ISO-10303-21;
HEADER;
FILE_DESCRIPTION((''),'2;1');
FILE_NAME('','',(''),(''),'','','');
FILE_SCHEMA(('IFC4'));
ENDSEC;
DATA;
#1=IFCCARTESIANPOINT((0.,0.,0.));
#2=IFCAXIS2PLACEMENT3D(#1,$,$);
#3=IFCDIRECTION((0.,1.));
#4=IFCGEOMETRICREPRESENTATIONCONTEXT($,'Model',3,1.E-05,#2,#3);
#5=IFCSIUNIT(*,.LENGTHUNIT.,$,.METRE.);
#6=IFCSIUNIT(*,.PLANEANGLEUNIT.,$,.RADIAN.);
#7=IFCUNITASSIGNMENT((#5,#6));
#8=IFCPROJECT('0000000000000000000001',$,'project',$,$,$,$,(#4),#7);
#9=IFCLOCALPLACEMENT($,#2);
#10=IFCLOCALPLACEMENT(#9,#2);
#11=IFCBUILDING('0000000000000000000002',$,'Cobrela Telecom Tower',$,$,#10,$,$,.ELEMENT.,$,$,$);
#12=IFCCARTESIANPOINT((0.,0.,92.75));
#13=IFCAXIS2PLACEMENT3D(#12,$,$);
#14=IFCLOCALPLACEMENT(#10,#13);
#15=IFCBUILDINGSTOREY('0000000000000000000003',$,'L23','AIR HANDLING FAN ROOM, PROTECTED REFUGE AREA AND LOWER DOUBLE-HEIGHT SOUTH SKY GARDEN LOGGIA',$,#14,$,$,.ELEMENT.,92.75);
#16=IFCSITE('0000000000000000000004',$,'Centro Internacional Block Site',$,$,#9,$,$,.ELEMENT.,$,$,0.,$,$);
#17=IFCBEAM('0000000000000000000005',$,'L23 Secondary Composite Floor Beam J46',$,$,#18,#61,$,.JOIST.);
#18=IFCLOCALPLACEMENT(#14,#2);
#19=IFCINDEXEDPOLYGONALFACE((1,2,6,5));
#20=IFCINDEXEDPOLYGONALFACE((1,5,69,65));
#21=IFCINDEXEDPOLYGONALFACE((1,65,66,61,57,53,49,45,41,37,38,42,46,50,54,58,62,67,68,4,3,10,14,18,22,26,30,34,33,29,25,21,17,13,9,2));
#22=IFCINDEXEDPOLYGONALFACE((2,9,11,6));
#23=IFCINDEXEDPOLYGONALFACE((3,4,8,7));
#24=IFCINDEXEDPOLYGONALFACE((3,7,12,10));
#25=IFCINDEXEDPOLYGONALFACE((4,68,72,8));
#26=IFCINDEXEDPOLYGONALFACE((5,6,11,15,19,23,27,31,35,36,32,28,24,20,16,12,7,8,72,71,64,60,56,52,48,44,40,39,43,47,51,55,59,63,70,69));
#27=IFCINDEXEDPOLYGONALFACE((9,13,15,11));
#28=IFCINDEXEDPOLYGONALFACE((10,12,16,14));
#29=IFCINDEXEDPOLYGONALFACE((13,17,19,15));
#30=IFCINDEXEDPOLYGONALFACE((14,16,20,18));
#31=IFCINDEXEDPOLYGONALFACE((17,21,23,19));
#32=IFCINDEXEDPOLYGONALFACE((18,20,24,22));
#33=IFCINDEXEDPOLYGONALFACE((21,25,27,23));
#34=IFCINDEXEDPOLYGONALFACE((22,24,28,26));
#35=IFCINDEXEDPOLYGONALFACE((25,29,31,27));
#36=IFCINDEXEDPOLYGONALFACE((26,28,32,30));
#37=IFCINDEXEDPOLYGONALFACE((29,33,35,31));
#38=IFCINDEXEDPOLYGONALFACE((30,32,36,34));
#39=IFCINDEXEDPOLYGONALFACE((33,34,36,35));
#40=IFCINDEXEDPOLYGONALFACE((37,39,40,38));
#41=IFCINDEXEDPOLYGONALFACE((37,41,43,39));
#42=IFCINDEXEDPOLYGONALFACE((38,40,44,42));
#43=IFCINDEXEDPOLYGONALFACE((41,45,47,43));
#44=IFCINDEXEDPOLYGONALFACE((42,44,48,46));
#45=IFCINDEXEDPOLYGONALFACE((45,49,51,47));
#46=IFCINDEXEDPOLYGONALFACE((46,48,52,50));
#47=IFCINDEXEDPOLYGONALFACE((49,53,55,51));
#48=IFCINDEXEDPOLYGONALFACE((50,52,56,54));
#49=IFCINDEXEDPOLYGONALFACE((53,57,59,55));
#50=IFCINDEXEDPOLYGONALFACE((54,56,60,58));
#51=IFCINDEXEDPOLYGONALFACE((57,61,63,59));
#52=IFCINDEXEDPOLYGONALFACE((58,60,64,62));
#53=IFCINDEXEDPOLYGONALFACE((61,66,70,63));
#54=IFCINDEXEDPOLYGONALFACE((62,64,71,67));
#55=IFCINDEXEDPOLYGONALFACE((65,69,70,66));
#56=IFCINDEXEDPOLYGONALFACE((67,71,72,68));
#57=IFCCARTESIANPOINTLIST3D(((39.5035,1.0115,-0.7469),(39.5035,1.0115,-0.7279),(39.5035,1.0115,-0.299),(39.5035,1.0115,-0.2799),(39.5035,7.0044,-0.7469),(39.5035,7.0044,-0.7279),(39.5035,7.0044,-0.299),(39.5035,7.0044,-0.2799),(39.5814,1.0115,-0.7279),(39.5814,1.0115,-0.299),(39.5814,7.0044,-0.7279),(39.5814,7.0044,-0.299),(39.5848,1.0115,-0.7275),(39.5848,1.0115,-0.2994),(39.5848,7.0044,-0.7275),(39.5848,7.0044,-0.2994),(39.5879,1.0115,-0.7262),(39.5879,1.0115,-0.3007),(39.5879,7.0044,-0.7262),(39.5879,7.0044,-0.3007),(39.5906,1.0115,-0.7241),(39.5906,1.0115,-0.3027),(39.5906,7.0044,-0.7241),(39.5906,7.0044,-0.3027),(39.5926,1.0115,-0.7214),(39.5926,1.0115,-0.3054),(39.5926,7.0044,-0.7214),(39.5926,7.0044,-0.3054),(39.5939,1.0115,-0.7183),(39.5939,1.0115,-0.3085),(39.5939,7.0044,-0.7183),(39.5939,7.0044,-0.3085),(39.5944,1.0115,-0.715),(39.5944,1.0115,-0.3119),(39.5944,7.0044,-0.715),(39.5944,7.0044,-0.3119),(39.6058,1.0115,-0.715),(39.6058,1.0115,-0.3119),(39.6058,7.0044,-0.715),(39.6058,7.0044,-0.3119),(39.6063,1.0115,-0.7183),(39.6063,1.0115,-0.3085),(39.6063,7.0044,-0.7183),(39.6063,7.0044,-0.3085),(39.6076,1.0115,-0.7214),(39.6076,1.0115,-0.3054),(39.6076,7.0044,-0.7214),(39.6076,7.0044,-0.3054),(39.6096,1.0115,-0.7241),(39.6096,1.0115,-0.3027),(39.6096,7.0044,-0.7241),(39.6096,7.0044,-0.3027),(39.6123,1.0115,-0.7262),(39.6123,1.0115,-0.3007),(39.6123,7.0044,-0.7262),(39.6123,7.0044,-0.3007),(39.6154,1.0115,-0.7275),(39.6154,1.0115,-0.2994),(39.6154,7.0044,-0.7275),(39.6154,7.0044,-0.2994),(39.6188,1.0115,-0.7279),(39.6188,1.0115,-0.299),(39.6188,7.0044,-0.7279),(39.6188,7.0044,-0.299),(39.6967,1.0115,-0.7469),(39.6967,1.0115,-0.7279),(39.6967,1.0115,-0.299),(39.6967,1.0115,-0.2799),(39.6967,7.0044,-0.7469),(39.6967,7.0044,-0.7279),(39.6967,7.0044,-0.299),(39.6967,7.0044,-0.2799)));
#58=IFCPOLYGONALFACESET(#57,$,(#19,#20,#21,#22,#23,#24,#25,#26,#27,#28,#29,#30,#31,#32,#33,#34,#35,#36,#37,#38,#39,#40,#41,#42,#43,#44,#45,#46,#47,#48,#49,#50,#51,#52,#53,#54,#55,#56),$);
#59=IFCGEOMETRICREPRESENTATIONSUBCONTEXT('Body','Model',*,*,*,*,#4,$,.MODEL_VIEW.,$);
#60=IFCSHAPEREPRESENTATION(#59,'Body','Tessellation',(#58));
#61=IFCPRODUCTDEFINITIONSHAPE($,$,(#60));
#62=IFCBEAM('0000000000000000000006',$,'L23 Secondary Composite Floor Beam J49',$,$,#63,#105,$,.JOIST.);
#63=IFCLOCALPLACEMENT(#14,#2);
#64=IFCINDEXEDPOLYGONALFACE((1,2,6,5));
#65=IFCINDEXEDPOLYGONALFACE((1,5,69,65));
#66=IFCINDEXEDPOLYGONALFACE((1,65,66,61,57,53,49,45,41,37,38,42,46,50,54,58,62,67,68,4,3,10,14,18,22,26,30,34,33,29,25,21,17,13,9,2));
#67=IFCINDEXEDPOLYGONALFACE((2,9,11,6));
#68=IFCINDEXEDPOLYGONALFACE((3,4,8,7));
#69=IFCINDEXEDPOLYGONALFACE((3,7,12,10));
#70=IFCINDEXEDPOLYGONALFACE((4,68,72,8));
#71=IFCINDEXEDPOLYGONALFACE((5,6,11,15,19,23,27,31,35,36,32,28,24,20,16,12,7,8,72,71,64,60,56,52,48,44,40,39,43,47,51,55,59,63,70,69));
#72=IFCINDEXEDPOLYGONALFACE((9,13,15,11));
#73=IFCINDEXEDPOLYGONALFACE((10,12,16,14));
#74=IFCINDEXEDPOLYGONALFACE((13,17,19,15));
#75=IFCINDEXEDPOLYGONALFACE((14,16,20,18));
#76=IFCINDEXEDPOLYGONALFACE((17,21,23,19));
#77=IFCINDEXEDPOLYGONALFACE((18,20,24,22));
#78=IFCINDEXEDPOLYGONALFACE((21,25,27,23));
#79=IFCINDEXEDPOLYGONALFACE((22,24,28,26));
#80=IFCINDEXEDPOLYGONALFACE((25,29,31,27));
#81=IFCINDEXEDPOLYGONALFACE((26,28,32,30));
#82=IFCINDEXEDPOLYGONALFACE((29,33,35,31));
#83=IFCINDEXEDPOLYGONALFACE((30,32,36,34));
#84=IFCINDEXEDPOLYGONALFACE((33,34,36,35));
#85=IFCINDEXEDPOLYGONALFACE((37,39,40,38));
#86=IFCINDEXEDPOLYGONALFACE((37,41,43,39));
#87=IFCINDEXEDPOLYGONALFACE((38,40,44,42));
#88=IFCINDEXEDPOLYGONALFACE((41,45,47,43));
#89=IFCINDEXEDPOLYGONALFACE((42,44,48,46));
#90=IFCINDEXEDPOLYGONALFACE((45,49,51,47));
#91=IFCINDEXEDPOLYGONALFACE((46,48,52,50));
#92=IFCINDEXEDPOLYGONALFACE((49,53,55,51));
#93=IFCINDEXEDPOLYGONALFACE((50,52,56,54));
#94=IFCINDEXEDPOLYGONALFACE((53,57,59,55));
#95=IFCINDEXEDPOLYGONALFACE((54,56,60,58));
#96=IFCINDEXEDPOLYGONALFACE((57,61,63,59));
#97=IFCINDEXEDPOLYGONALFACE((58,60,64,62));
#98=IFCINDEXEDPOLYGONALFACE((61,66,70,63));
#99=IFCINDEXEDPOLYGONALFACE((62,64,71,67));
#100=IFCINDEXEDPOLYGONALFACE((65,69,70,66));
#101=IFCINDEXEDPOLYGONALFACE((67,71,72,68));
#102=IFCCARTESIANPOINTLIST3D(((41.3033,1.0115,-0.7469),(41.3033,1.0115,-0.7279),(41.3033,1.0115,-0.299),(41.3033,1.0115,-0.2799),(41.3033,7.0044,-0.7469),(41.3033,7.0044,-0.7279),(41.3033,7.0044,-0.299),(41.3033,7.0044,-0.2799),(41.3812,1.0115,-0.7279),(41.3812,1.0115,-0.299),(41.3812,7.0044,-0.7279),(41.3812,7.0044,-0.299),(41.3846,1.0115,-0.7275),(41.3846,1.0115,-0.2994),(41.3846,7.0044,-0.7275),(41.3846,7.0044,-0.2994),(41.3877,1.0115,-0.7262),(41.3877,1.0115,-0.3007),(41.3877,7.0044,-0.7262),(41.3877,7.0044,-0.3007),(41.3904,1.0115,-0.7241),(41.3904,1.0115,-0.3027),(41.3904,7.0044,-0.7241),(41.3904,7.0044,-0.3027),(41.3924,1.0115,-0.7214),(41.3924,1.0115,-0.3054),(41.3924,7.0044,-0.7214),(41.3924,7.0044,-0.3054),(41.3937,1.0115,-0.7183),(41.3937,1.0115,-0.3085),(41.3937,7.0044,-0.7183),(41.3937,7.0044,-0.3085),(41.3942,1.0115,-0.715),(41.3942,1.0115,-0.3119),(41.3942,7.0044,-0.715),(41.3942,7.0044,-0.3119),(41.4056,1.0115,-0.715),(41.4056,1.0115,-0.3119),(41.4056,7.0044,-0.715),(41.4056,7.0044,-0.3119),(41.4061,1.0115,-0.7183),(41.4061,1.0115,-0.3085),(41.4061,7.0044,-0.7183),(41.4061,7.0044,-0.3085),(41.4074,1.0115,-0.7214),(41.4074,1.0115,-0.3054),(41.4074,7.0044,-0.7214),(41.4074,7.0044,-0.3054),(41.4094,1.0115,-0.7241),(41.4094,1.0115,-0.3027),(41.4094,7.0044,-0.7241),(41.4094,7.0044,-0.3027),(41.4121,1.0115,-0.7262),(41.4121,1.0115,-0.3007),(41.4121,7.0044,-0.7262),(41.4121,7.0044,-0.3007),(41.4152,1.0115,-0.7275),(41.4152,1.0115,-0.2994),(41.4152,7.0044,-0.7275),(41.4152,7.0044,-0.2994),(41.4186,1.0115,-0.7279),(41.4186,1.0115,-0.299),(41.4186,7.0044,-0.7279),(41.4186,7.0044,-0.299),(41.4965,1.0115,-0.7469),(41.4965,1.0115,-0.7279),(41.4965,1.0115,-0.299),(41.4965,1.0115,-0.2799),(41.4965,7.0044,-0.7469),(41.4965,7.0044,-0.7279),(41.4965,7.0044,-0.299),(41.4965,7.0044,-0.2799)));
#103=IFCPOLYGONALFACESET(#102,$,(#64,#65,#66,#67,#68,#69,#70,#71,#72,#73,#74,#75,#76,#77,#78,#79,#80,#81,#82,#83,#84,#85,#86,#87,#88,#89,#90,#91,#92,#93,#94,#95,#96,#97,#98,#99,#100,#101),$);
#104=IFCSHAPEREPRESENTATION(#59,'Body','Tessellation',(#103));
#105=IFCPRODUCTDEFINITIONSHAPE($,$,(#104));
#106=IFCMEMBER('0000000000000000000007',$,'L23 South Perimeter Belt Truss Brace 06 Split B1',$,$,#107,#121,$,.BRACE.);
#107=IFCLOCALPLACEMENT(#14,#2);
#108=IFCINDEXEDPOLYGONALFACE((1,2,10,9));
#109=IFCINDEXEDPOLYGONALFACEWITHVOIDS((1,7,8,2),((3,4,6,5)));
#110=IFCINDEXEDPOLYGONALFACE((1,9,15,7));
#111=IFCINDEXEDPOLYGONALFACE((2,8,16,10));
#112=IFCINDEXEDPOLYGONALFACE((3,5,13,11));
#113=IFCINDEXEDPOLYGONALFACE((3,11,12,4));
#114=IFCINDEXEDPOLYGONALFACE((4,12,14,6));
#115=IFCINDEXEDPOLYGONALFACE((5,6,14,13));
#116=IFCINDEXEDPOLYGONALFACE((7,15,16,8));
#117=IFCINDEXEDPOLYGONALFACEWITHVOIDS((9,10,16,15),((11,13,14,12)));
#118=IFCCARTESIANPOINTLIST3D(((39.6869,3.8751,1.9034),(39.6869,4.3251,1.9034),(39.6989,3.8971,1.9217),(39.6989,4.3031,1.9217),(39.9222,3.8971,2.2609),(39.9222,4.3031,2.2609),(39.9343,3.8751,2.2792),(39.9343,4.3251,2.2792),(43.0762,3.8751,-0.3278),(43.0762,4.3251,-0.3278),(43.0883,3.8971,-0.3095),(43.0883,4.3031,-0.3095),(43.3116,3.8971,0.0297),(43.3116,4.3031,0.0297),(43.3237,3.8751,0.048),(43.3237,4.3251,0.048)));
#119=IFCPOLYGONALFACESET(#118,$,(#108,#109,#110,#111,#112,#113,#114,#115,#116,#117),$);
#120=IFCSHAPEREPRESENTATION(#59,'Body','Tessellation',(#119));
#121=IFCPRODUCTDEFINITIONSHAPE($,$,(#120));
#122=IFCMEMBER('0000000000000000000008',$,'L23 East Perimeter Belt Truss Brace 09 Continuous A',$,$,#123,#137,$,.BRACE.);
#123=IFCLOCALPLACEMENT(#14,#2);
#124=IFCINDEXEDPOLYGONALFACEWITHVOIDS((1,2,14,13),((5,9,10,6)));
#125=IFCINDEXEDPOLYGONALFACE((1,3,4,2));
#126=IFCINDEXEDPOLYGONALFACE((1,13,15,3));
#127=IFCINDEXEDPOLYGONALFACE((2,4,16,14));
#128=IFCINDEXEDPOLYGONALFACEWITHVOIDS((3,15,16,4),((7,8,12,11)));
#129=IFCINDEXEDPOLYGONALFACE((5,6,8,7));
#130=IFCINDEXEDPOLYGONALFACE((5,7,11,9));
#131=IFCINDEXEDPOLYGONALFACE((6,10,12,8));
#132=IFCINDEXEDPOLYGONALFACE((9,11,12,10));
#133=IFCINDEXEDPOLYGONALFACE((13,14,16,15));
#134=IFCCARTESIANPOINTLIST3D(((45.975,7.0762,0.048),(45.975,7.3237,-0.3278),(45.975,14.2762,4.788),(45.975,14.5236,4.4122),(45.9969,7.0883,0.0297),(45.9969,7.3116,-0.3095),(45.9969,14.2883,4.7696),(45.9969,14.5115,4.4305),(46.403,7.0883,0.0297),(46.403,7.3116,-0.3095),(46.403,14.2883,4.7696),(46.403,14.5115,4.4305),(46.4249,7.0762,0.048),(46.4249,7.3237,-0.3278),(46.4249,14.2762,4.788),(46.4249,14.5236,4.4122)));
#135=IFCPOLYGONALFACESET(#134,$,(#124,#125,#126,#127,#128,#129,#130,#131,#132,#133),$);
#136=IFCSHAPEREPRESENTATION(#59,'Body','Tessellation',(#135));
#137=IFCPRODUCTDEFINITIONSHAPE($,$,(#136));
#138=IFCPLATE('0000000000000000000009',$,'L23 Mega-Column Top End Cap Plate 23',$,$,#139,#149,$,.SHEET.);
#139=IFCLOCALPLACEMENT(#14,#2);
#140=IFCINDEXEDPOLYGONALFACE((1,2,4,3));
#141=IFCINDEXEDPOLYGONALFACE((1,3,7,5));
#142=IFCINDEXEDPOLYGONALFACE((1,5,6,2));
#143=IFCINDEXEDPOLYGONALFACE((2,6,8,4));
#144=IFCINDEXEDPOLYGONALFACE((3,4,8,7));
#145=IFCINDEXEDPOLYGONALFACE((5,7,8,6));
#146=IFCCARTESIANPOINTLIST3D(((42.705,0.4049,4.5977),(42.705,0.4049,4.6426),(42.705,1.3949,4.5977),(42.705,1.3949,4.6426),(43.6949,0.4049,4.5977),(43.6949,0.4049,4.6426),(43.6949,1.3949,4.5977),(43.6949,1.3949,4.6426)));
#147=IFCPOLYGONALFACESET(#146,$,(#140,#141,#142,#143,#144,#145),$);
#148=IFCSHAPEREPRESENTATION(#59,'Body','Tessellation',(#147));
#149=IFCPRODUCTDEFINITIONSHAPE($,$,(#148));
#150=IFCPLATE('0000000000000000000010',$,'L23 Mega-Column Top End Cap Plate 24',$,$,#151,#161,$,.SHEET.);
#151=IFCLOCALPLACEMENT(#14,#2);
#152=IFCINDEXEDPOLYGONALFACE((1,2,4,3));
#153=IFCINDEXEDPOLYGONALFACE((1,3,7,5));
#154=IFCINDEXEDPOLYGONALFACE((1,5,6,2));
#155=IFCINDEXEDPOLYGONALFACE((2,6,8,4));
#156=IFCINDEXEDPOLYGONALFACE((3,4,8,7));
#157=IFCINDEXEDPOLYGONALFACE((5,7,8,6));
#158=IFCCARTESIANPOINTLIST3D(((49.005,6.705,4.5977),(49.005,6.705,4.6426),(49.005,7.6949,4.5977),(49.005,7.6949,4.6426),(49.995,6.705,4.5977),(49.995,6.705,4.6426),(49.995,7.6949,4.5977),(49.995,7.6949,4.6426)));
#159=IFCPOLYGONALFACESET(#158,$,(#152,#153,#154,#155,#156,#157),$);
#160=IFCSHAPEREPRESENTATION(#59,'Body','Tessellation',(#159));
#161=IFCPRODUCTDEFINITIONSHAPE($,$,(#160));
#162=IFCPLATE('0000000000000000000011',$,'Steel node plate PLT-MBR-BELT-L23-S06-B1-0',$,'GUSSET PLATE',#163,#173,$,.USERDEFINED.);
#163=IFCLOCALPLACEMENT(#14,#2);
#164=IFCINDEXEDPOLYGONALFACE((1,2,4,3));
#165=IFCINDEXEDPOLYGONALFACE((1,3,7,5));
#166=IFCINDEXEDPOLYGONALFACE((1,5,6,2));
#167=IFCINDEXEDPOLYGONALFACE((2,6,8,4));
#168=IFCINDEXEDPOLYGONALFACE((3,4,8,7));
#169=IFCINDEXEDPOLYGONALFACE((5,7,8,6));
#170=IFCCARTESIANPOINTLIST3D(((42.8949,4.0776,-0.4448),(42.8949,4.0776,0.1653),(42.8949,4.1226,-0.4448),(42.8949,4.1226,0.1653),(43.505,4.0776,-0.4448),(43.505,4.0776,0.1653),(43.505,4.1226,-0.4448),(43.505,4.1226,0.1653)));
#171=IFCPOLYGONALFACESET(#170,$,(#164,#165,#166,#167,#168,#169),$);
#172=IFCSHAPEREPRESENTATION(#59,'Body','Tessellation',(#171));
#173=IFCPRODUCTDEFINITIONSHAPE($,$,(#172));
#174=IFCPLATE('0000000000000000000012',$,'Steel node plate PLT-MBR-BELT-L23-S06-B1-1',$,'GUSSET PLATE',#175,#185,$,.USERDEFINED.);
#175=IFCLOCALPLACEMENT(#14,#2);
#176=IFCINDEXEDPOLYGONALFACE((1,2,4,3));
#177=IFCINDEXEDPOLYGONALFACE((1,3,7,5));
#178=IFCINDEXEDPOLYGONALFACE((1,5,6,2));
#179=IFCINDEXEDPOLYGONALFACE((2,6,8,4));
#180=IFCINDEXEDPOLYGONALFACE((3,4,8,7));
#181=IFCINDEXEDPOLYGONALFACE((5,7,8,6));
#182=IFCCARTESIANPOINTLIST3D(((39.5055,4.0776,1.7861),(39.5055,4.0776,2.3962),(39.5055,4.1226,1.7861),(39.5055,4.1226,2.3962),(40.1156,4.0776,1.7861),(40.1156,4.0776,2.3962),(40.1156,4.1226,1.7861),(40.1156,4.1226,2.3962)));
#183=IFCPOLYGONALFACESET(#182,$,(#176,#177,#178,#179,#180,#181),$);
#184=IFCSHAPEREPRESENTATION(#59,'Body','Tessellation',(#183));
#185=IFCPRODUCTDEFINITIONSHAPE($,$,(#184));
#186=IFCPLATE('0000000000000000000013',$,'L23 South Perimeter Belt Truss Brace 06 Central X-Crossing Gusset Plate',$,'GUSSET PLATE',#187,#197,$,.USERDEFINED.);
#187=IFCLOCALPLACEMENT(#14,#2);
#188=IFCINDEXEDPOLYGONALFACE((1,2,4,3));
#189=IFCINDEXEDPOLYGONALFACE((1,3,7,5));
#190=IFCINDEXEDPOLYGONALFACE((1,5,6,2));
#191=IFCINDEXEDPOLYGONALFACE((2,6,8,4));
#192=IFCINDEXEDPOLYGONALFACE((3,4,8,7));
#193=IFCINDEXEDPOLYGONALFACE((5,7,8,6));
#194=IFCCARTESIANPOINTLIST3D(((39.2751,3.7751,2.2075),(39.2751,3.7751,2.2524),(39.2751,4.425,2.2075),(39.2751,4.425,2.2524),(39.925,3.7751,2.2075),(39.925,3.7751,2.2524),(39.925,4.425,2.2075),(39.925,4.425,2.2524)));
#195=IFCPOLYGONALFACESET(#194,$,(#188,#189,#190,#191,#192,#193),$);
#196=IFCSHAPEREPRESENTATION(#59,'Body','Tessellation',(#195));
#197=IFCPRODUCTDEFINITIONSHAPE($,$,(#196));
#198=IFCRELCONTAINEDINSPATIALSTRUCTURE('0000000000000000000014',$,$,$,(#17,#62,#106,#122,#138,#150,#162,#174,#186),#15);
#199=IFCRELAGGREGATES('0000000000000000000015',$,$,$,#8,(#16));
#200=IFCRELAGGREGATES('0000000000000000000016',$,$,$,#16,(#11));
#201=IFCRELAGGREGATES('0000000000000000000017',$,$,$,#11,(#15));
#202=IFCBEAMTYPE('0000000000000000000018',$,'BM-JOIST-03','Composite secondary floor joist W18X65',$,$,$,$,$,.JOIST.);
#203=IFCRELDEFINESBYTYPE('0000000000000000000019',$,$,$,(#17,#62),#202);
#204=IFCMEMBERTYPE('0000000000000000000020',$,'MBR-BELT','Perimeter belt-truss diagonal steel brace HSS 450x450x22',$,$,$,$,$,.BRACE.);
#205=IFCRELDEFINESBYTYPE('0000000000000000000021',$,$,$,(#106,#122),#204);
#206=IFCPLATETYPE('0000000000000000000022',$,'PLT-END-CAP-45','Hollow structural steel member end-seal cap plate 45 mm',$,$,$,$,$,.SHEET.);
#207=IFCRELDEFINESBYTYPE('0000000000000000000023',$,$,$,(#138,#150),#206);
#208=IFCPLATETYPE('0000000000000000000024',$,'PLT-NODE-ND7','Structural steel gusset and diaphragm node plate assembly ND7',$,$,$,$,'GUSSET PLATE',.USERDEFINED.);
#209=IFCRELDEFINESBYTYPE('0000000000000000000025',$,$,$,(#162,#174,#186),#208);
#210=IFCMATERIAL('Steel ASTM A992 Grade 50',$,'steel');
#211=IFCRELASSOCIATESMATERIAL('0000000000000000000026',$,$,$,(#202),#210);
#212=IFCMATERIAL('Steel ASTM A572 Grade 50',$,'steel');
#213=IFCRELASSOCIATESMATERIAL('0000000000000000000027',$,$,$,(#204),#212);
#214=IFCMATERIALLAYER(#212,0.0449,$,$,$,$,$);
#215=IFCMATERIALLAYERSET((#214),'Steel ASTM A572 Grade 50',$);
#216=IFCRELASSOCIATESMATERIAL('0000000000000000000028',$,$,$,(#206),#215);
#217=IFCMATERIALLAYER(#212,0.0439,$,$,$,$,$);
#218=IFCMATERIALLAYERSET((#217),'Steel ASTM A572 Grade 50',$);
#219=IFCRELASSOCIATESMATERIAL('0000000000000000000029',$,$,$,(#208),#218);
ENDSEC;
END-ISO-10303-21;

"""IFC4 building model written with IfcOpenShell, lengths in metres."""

from ifc_helpers import new_model, si_unit, direction, frame, origin, origin_2d, place, context, subcontext, project, spatial, rectangle, hollow_rectangle, i_section, extrude, material, layer, layer_set, material_profile, profile_set, type_object, element, save


model = new_model("IFC4")

# Units and contexts
model_context = context("Model", 3, precision=1e-05, world=origin(), true_north=direction((0.0, 1.0)))
body_context = subcontext(model_context, "Body", "Model", "MODEL_VIEW")
ifc_project = project(units=[si_unit("LENGTHUNIT", "METRE"), si_unit("PLANEANGLEUNIT", "RADIAN")], contexts=[model_context])

# Site, building, storey
site_placement = place(None, origin())
site = spatial("IfcSite", under=ifc_project, at=site_placement, Name="Centro Internacional Block Site", CompositionType="ELEMENT", RefElevation=0.0)
building_placement = place(site_placement, origin())
building = spatial("IfcBuilding", under=site, at=building_placement, Name="Cobrela Telecom Tower", CompositionType="ELEMENT")
storey_placement = place(building_placement, frame((0.0, 0.0, 92.75)))
storey = spatial("IfcBuildingStorey", under=building, at=storey_placement, Name="L23", Description="AIR HANDLING FAN ROOM, PROTECTED REFUGE AREA AND LOWER DOUBLE-HEIGHT SOUTH SKY GARDEN LOGGIA", CompositionType="ELEMENT", Elevation=92.75)

# Shared definitions
ifc_material_1 = material(Name="Steel ASTM A992 Grade 50", Category="steel")
ifc_material_2 = material(Name="Steel ASTM A572 Grade 50", Category="steel")

# Beams
ifc_material_profile_1 = material_profile(ifc_material_1, i_section(OverallWidth=0.1931, OverallDepth=0.467, WebThickness=0.0115, FlangeThickness=0.019, FilletRadius=0.0129, at=origin_2d()), Name="W18X65")
ifc_profile_set_1 = profile_set([ifc_material_profile_1], Name="Steel ASTM A992 Grade 50")
beam_type_1 = type_object("IfcBeamType", Name="BM-JOIST-03", Description="Composite secondary floor joist W18X65", PredefinedType="JOIST", material=ifc_profile_set_1)
for number, where, z_axis, x_axis, name in (
    (1, (39.6001, 1.0115, -0.5134), (0.0, 1.0, 0.0), (-1.0, 0.0, 0.0), "L23 Secondary Composite Floor Beam J46"),
    (2, (41.3999, 1.0115, -0.5134), (0.0, 1.0, 0.0), (-1.0, 0.0, 0.0), "L23 Secondary Composite Floor Beam J49"),
):
    element("IfcBeam", number, at=place(storey_placement, frame(where, z_axis=z_axis, x_axis=x_axis)), inside=storey, type_object=beam_type_1, Name=name, PredefinedType="JOIST", context=body_context, shape_type="SweptSolid", body=[
        extrude(i_section(OverallWidth=0.1931, OverallDepth=0.467, WebThickness=0.0115, FlangeThickness=0.019, FilletRadius=0.0129, at=origin_2d()), origin(), (0.0, 0.0, 1.0), 5.9929),
    ])

# Members
ifc_material_profile_2 = material_profile(ifc_material_2, hollow_rectangle(XDim=0.45, YDim=0.45, WallThickness=0.022, at=origin_2d()), Name="HSS 450x450x22")
ifc_profile_set_2 = profile_set([ifc_material_profile_2], Name="Steel ASTM A572 Grade 50")
member_type = type_object("IfcMemberType", Name="MBR-BELT", Description="Perimeter belt-truss diagonal steel brace HSS 450x450x22", PredefinedType="BRACE", material=ifc_profile_set_2)
member_1_placement = place(storey_placement, frame((43.2, 4.1001, -0.1399), z_axis=(-0.835267, 0.0, 0.549845), x_axis=(0.0, -1.0, 0.0)))
element("IfcMember", 3, at=member_1_placement, inside=storey, type_object=member_type, Name="L23 South Perimeter Belt Truss Brace 06 Split B1", PredefinedType="BRACE", context=body_context, shape_type="SweptSolid", body=[
    extrude(hollow_rectangle(XDim=0.45, YDim=0.45, WallThickness=0.022, at=origin_2d()), origin(), (0.0, 0.0, 1.0), 4.0579),
])
member_2_placement = place(storey_placement, frame((46.2, 7.2, -0.1399), z_axis=(0.0, 0.835248, 0.549874), x_axis=(-1.0, 0.0, 0.0)))
element("IfcMember", 4, at=member_2_placement, inside=storey, type_object=member_type, Name="L23 East Perimeter Belt Truss Brace 09 Continuous A", PredefinedType="BRACE", context=body_context, shape_type="SweptSolid", body=[
    extrude(hollow_rectangle(XDim=0.45, YDim=0.45, WallThickness=0.022, at=origin_2d()), origin(), (0.0, 0.0, 1.0), 8.6201),
])

# Plates
ifc_layer_1 = layer(ifc_material_2, 0.0449)
ifc_layer_set_1 = layer_set([ifc_layer_1], Name="Steel ASTM A572 Grade 50")
plate_type_1 = type_object("IfcPlateType", Name="PLT-END-CAP-45", Description="Hollow structural steel member end-seal cap plate 45 mm", PredefinedType="SHEET", material=ifc_layer_set_1)
for number, where, z_axis, x_axis, name in (
    (5, (43.2, 0.8999, 4.5977), (0.0, 0.0, 1.0), (1.0, 0.0, 0.0), "L23 Mega-Column Top End Cap Plate 23"),
    (6, (49.5, 7.2, 4.5977), (0.0, 0.0, 1.0), (1.0, 0.0, 0.0), "L23 Mega-Column Top End Cap Plate 24"),
):
    element("IfcPlate", number, at=place(storey_placement, frame(where, z_axis=z_axis, x_axis=x_axis)), inside=storey, type_object=plate_type_1, Name=name, PredefinedType="SHEET", context=body_context, shape_type="SweptSolid", body=[
        extrude(rectangle(XDim=0.99, YDim=0.99, at=origin_2d()), origin(), (0.0, 0.0, 1.0), 0.0449),
    ])
ifc_layer_2 = layer(ifc_material_2, 0.0439)
ifc_layer_set_2 = layer_set([ifc_layer_2], Name="Steel ASTM A572 Grade 50")
plate_type_2 = type_object("IfcPlateType", Name="PLT-NODE-ND7", Description="Structural steel gusset and diaphragm node plate assembly ND7", ElementType="GUSSET PLATE", PredefinedType="USERDEFINED", material=ifc_layer_set_2)
for number, where, z_axis, x_axis, name in (
    (7, (43.2, 4.1001, -0.4448), (0.0, 0.0, 1.0), (-1.0, 0.0, 0.0), "Steel node plate PLT-MBR-BELT-L23-S06-B1-0"),
    (8, (39.8105, 4.1001, 1.7861), (0.0, 0.0, 1.0), (-1.0, 0.0, 0.0), "Steel node plate PLT-MBR-BELT-L23-S06-B1-1"),
):
    element("IfcPlate", number, at=place(storey_placement, frame(where, z_axis=z_axis, x_axis=x_axis)), inside=storey, type_object=plate_type_2, Name=name, ObjectType="GUSSET PLATE", PredefinedType="USERDEFINED", context=body_context, shape_type="SweptSolid", body=[
        extrude(rectangle(XDim=0.6101, YDim=0.0449, at=origin_2d()), origin(), (0.0, 0.0, 1.0), 0.6101),
    ])
plate_1_placement = place(storey_placement, frame((39.6001, 4.1001, 2.2075), z_axis=(0.0, 0.0, 1.0), x_axis=(1.0, 0.0, 0.0)))
element("IfcPlate", 9, at=plate_1_placement, inside=storey, type_object=plate_type_2, Name="L23 South Perimeter Belt Truss Brace 06 Central X-Crossing Gusset Plate", ObjectType="GUSSET PLATE", PredefinedType="USERDEFINED", context=body_context, shape_type="SweptSolid", body=[
    extrude(rectangle(XDim=0.6499, YDim=0.6499, at=origin_2d()), origin(), (0.0, 0.0, 1.0), 0.0449),
])

save(model, "model.ifc")
